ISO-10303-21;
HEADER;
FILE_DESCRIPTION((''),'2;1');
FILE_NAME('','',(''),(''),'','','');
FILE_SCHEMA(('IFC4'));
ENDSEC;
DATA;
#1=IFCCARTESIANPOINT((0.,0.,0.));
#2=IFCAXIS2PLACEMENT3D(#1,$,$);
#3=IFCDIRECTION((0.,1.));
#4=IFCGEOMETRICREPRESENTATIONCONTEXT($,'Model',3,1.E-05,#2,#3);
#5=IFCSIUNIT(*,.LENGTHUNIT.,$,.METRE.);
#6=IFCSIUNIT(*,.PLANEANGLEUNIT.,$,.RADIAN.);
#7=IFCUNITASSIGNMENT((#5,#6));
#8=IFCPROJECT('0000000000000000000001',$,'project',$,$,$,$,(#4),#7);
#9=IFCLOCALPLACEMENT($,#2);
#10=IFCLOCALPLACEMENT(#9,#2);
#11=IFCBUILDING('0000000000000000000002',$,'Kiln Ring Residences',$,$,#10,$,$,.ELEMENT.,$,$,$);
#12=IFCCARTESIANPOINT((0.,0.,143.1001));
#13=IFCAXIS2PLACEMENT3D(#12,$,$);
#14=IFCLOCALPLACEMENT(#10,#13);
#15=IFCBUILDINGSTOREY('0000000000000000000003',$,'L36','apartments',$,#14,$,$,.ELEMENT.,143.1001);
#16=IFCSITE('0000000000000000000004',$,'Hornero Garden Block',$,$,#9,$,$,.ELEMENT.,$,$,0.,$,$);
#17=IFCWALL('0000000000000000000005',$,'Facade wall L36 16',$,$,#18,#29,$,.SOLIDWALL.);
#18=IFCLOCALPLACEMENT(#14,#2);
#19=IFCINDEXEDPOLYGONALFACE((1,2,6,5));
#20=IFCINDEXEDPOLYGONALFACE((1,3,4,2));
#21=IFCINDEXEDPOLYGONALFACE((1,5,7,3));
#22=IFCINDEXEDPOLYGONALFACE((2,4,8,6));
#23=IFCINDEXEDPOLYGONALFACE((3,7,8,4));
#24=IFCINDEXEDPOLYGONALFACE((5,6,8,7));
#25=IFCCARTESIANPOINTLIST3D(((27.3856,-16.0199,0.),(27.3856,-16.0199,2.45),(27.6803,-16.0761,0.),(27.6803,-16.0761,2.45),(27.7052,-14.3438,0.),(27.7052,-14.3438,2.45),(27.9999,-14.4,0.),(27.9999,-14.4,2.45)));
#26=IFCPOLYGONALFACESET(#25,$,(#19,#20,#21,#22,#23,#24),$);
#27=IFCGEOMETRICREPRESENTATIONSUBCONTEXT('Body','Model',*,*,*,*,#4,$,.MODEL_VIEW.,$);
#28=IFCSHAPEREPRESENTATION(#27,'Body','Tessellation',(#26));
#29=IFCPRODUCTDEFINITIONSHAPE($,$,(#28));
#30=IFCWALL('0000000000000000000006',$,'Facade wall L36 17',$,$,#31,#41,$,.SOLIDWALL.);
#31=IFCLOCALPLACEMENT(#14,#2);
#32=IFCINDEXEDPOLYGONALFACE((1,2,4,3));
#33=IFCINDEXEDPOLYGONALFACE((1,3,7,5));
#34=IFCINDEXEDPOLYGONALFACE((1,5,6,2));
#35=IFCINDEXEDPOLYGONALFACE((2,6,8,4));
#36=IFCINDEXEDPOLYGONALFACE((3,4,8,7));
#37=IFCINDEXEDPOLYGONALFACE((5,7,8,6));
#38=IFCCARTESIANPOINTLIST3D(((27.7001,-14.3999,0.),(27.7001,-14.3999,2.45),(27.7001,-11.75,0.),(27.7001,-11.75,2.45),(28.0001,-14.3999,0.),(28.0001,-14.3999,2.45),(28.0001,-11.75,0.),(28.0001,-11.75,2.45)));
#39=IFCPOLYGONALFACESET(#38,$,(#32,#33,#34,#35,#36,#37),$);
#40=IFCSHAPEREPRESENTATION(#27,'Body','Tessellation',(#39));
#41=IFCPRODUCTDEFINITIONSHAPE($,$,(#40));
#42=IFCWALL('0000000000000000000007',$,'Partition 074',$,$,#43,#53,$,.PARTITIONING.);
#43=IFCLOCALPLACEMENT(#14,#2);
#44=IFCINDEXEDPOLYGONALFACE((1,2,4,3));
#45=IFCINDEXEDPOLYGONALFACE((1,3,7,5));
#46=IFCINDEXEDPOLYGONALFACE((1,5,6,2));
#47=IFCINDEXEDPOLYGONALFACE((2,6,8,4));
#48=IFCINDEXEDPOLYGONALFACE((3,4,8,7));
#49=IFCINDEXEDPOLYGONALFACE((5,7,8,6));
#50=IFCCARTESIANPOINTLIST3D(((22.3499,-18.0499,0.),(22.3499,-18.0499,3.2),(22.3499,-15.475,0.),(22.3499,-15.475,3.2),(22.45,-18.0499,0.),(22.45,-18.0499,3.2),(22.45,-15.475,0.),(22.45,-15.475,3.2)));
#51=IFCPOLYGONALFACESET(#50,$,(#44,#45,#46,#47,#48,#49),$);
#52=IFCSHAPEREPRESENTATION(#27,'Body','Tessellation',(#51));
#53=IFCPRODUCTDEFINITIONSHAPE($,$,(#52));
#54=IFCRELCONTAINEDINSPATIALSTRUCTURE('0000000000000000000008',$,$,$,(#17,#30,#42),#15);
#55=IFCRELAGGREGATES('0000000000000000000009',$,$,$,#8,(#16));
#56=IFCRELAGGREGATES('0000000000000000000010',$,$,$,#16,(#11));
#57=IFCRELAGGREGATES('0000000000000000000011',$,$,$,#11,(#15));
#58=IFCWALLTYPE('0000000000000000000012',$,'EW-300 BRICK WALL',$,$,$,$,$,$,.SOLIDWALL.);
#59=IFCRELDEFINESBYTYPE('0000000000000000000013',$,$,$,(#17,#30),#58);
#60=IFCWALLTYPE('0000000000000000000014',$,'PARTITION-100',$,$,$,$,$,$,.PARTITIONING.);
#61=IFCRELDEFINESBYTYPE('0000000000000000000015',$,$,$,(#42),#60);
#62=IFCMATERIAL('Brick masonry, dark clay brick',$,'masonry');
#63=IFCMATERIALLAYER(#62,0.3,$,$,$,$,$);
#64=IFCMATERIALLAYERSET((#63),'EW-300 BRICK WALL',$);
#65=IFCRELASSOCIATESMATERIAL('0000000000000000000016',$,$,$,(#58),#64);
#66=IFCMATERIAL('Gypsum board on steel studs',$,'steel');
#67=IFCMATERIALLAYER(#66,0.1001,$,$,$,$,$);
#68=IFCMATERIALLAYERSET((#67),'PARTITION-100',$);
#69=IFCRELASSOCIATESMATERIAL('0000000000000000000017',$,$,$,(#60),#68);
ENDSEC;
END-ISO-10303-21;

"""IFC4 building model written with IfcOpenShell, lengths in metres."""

from ifc_helpers import new_model, si_unit, direction, frame, frame_2d, origin, place, context, subcontext, project, spatial, rectangle, extrude, material, layer, layer_set, type_object, element, save


model = new_model("IFC4")

# Units and contexts
model_context = context("Model", 3, precision=1e-05, world=origin(), true_north=direction((0.0, 1.0)))
body_context = subcontext(model_context, "Body", "Model", "MODEL_VIEW")
ifc_project = project(units=[si_unit("LENGTHUNIT", "METRE"), si_unit("PLANEANGLEUNIT", "RADIAN")], contexts=[model_context])

# Site, building, storey
site_placement = place(None, origin())
site = spatial("IfcSite", under=ifc_project, at=site_placement, Name="Hornero Garden Block", CompositionType="ELEMENT", RefElevation=0.0)
building_placement = place(site_placement, origin())
building = spatial("IfcBuilding", under=site, at=building_placement, Name="Kiln Ring Residences", CompositionType="ELEMENT")
storey_placement = place(building_placement, frame((0.0, 0.0, 143.1001)))
storey = spatial("IfcBuildingStorey", under=building, at=storey_placement, Name="L36", Description="apartments", CompositionType="ELEMENT", Elevation=143.1001)

# Walls
ifc_material_1 = material(Name="Brick masonry, dark clay brick", Category="masonry")
ifc_layer_1 = layer(ifc_material_1, 0.3)
ifc_layer_set_1 = layer_set([ifc_layer_1], Name="EW-300 BRICK WALL")
wall_type_1 = type_object("IfcWallType", Name="EW-300 BRICK WALL", PredefinedType="SOLIDWALL", material=ifc_layer_set_1)
wall_1_placement = place(storey_placement, frame((27.533, -16.0479, 0.0), z_axis=(0.0, 0.0, 1.0), x_axis=(0.187303, 0.982302, 0.0)))
element("IfcWall", 1, at=wall_1_placement, inside=storey, type_object=wall_type_1, Name="Facade wall L36 16", PredefinedType="SOLIDWALL", context=body_context, shape_type="SweptSolid", body=[
    extrude(rectangle(XDim=1.7063, YDim=0.3, at=frame_2d((0.853, 0.0))), origin(), (0.0, 0.0, 1.0), 2.45),
])
wall_2_placement = place(storey_placement, frame((27.8501, -14.3999, 0.0), z_axis=(0.0, 0.0, 1.0), x_axis=(0.0, 1.0, 0.0)))
element("IfcWall", 2, at=wall_2_placement, inside=storey, type_object=wall_type_1, Name="Facade wall L36 17", PredefinedType="SOLIDWALL", context=body_context, shape_type="SweptSolid", body=[
    extrude(rectangle(XDim=2.6499, YDim=0.3, at=frame_2d((1.325, 0.0))), origin(), (0.0, 0.0, 1.0), 2.45),
])
ifc_material_2 = material(Name="Gypsum board on steel studs", Category="steel")
ifc_layer_2 = layer(ifc_material_2, 0.1001)
ifc_layer_set_2 = layer_set([ifc_layer_2], Name="PARTITION-100")
wall_type_2 = type_object("IfcWallType", Name="PARTITION-100", PredefinedType="PARTITIONING", material=ifc_layer_set_2)
wall_3_placement = place(storey_placement, frame((22.3999, -18.05, 0.0), z_axis=(0.0, 0.0, 1.0), x_axis=(0.0, 1.0, 0.0)))
element("IfcWall", 3, at=wall_3_placement, inside=storey, type_object=wall_type_2, Name="Partition 074", PredefinedType="PARTITIONING", context=body_context, shape_type="SweptSolid", body=[
    extrude(rectangle(XDim=2.575, YDim=0.1001, at=frame_2d((1.2876, 0.0))), origin(), (0.0, 0.0, 1.0), 3.2),
])

save(model, "model.ifc")
